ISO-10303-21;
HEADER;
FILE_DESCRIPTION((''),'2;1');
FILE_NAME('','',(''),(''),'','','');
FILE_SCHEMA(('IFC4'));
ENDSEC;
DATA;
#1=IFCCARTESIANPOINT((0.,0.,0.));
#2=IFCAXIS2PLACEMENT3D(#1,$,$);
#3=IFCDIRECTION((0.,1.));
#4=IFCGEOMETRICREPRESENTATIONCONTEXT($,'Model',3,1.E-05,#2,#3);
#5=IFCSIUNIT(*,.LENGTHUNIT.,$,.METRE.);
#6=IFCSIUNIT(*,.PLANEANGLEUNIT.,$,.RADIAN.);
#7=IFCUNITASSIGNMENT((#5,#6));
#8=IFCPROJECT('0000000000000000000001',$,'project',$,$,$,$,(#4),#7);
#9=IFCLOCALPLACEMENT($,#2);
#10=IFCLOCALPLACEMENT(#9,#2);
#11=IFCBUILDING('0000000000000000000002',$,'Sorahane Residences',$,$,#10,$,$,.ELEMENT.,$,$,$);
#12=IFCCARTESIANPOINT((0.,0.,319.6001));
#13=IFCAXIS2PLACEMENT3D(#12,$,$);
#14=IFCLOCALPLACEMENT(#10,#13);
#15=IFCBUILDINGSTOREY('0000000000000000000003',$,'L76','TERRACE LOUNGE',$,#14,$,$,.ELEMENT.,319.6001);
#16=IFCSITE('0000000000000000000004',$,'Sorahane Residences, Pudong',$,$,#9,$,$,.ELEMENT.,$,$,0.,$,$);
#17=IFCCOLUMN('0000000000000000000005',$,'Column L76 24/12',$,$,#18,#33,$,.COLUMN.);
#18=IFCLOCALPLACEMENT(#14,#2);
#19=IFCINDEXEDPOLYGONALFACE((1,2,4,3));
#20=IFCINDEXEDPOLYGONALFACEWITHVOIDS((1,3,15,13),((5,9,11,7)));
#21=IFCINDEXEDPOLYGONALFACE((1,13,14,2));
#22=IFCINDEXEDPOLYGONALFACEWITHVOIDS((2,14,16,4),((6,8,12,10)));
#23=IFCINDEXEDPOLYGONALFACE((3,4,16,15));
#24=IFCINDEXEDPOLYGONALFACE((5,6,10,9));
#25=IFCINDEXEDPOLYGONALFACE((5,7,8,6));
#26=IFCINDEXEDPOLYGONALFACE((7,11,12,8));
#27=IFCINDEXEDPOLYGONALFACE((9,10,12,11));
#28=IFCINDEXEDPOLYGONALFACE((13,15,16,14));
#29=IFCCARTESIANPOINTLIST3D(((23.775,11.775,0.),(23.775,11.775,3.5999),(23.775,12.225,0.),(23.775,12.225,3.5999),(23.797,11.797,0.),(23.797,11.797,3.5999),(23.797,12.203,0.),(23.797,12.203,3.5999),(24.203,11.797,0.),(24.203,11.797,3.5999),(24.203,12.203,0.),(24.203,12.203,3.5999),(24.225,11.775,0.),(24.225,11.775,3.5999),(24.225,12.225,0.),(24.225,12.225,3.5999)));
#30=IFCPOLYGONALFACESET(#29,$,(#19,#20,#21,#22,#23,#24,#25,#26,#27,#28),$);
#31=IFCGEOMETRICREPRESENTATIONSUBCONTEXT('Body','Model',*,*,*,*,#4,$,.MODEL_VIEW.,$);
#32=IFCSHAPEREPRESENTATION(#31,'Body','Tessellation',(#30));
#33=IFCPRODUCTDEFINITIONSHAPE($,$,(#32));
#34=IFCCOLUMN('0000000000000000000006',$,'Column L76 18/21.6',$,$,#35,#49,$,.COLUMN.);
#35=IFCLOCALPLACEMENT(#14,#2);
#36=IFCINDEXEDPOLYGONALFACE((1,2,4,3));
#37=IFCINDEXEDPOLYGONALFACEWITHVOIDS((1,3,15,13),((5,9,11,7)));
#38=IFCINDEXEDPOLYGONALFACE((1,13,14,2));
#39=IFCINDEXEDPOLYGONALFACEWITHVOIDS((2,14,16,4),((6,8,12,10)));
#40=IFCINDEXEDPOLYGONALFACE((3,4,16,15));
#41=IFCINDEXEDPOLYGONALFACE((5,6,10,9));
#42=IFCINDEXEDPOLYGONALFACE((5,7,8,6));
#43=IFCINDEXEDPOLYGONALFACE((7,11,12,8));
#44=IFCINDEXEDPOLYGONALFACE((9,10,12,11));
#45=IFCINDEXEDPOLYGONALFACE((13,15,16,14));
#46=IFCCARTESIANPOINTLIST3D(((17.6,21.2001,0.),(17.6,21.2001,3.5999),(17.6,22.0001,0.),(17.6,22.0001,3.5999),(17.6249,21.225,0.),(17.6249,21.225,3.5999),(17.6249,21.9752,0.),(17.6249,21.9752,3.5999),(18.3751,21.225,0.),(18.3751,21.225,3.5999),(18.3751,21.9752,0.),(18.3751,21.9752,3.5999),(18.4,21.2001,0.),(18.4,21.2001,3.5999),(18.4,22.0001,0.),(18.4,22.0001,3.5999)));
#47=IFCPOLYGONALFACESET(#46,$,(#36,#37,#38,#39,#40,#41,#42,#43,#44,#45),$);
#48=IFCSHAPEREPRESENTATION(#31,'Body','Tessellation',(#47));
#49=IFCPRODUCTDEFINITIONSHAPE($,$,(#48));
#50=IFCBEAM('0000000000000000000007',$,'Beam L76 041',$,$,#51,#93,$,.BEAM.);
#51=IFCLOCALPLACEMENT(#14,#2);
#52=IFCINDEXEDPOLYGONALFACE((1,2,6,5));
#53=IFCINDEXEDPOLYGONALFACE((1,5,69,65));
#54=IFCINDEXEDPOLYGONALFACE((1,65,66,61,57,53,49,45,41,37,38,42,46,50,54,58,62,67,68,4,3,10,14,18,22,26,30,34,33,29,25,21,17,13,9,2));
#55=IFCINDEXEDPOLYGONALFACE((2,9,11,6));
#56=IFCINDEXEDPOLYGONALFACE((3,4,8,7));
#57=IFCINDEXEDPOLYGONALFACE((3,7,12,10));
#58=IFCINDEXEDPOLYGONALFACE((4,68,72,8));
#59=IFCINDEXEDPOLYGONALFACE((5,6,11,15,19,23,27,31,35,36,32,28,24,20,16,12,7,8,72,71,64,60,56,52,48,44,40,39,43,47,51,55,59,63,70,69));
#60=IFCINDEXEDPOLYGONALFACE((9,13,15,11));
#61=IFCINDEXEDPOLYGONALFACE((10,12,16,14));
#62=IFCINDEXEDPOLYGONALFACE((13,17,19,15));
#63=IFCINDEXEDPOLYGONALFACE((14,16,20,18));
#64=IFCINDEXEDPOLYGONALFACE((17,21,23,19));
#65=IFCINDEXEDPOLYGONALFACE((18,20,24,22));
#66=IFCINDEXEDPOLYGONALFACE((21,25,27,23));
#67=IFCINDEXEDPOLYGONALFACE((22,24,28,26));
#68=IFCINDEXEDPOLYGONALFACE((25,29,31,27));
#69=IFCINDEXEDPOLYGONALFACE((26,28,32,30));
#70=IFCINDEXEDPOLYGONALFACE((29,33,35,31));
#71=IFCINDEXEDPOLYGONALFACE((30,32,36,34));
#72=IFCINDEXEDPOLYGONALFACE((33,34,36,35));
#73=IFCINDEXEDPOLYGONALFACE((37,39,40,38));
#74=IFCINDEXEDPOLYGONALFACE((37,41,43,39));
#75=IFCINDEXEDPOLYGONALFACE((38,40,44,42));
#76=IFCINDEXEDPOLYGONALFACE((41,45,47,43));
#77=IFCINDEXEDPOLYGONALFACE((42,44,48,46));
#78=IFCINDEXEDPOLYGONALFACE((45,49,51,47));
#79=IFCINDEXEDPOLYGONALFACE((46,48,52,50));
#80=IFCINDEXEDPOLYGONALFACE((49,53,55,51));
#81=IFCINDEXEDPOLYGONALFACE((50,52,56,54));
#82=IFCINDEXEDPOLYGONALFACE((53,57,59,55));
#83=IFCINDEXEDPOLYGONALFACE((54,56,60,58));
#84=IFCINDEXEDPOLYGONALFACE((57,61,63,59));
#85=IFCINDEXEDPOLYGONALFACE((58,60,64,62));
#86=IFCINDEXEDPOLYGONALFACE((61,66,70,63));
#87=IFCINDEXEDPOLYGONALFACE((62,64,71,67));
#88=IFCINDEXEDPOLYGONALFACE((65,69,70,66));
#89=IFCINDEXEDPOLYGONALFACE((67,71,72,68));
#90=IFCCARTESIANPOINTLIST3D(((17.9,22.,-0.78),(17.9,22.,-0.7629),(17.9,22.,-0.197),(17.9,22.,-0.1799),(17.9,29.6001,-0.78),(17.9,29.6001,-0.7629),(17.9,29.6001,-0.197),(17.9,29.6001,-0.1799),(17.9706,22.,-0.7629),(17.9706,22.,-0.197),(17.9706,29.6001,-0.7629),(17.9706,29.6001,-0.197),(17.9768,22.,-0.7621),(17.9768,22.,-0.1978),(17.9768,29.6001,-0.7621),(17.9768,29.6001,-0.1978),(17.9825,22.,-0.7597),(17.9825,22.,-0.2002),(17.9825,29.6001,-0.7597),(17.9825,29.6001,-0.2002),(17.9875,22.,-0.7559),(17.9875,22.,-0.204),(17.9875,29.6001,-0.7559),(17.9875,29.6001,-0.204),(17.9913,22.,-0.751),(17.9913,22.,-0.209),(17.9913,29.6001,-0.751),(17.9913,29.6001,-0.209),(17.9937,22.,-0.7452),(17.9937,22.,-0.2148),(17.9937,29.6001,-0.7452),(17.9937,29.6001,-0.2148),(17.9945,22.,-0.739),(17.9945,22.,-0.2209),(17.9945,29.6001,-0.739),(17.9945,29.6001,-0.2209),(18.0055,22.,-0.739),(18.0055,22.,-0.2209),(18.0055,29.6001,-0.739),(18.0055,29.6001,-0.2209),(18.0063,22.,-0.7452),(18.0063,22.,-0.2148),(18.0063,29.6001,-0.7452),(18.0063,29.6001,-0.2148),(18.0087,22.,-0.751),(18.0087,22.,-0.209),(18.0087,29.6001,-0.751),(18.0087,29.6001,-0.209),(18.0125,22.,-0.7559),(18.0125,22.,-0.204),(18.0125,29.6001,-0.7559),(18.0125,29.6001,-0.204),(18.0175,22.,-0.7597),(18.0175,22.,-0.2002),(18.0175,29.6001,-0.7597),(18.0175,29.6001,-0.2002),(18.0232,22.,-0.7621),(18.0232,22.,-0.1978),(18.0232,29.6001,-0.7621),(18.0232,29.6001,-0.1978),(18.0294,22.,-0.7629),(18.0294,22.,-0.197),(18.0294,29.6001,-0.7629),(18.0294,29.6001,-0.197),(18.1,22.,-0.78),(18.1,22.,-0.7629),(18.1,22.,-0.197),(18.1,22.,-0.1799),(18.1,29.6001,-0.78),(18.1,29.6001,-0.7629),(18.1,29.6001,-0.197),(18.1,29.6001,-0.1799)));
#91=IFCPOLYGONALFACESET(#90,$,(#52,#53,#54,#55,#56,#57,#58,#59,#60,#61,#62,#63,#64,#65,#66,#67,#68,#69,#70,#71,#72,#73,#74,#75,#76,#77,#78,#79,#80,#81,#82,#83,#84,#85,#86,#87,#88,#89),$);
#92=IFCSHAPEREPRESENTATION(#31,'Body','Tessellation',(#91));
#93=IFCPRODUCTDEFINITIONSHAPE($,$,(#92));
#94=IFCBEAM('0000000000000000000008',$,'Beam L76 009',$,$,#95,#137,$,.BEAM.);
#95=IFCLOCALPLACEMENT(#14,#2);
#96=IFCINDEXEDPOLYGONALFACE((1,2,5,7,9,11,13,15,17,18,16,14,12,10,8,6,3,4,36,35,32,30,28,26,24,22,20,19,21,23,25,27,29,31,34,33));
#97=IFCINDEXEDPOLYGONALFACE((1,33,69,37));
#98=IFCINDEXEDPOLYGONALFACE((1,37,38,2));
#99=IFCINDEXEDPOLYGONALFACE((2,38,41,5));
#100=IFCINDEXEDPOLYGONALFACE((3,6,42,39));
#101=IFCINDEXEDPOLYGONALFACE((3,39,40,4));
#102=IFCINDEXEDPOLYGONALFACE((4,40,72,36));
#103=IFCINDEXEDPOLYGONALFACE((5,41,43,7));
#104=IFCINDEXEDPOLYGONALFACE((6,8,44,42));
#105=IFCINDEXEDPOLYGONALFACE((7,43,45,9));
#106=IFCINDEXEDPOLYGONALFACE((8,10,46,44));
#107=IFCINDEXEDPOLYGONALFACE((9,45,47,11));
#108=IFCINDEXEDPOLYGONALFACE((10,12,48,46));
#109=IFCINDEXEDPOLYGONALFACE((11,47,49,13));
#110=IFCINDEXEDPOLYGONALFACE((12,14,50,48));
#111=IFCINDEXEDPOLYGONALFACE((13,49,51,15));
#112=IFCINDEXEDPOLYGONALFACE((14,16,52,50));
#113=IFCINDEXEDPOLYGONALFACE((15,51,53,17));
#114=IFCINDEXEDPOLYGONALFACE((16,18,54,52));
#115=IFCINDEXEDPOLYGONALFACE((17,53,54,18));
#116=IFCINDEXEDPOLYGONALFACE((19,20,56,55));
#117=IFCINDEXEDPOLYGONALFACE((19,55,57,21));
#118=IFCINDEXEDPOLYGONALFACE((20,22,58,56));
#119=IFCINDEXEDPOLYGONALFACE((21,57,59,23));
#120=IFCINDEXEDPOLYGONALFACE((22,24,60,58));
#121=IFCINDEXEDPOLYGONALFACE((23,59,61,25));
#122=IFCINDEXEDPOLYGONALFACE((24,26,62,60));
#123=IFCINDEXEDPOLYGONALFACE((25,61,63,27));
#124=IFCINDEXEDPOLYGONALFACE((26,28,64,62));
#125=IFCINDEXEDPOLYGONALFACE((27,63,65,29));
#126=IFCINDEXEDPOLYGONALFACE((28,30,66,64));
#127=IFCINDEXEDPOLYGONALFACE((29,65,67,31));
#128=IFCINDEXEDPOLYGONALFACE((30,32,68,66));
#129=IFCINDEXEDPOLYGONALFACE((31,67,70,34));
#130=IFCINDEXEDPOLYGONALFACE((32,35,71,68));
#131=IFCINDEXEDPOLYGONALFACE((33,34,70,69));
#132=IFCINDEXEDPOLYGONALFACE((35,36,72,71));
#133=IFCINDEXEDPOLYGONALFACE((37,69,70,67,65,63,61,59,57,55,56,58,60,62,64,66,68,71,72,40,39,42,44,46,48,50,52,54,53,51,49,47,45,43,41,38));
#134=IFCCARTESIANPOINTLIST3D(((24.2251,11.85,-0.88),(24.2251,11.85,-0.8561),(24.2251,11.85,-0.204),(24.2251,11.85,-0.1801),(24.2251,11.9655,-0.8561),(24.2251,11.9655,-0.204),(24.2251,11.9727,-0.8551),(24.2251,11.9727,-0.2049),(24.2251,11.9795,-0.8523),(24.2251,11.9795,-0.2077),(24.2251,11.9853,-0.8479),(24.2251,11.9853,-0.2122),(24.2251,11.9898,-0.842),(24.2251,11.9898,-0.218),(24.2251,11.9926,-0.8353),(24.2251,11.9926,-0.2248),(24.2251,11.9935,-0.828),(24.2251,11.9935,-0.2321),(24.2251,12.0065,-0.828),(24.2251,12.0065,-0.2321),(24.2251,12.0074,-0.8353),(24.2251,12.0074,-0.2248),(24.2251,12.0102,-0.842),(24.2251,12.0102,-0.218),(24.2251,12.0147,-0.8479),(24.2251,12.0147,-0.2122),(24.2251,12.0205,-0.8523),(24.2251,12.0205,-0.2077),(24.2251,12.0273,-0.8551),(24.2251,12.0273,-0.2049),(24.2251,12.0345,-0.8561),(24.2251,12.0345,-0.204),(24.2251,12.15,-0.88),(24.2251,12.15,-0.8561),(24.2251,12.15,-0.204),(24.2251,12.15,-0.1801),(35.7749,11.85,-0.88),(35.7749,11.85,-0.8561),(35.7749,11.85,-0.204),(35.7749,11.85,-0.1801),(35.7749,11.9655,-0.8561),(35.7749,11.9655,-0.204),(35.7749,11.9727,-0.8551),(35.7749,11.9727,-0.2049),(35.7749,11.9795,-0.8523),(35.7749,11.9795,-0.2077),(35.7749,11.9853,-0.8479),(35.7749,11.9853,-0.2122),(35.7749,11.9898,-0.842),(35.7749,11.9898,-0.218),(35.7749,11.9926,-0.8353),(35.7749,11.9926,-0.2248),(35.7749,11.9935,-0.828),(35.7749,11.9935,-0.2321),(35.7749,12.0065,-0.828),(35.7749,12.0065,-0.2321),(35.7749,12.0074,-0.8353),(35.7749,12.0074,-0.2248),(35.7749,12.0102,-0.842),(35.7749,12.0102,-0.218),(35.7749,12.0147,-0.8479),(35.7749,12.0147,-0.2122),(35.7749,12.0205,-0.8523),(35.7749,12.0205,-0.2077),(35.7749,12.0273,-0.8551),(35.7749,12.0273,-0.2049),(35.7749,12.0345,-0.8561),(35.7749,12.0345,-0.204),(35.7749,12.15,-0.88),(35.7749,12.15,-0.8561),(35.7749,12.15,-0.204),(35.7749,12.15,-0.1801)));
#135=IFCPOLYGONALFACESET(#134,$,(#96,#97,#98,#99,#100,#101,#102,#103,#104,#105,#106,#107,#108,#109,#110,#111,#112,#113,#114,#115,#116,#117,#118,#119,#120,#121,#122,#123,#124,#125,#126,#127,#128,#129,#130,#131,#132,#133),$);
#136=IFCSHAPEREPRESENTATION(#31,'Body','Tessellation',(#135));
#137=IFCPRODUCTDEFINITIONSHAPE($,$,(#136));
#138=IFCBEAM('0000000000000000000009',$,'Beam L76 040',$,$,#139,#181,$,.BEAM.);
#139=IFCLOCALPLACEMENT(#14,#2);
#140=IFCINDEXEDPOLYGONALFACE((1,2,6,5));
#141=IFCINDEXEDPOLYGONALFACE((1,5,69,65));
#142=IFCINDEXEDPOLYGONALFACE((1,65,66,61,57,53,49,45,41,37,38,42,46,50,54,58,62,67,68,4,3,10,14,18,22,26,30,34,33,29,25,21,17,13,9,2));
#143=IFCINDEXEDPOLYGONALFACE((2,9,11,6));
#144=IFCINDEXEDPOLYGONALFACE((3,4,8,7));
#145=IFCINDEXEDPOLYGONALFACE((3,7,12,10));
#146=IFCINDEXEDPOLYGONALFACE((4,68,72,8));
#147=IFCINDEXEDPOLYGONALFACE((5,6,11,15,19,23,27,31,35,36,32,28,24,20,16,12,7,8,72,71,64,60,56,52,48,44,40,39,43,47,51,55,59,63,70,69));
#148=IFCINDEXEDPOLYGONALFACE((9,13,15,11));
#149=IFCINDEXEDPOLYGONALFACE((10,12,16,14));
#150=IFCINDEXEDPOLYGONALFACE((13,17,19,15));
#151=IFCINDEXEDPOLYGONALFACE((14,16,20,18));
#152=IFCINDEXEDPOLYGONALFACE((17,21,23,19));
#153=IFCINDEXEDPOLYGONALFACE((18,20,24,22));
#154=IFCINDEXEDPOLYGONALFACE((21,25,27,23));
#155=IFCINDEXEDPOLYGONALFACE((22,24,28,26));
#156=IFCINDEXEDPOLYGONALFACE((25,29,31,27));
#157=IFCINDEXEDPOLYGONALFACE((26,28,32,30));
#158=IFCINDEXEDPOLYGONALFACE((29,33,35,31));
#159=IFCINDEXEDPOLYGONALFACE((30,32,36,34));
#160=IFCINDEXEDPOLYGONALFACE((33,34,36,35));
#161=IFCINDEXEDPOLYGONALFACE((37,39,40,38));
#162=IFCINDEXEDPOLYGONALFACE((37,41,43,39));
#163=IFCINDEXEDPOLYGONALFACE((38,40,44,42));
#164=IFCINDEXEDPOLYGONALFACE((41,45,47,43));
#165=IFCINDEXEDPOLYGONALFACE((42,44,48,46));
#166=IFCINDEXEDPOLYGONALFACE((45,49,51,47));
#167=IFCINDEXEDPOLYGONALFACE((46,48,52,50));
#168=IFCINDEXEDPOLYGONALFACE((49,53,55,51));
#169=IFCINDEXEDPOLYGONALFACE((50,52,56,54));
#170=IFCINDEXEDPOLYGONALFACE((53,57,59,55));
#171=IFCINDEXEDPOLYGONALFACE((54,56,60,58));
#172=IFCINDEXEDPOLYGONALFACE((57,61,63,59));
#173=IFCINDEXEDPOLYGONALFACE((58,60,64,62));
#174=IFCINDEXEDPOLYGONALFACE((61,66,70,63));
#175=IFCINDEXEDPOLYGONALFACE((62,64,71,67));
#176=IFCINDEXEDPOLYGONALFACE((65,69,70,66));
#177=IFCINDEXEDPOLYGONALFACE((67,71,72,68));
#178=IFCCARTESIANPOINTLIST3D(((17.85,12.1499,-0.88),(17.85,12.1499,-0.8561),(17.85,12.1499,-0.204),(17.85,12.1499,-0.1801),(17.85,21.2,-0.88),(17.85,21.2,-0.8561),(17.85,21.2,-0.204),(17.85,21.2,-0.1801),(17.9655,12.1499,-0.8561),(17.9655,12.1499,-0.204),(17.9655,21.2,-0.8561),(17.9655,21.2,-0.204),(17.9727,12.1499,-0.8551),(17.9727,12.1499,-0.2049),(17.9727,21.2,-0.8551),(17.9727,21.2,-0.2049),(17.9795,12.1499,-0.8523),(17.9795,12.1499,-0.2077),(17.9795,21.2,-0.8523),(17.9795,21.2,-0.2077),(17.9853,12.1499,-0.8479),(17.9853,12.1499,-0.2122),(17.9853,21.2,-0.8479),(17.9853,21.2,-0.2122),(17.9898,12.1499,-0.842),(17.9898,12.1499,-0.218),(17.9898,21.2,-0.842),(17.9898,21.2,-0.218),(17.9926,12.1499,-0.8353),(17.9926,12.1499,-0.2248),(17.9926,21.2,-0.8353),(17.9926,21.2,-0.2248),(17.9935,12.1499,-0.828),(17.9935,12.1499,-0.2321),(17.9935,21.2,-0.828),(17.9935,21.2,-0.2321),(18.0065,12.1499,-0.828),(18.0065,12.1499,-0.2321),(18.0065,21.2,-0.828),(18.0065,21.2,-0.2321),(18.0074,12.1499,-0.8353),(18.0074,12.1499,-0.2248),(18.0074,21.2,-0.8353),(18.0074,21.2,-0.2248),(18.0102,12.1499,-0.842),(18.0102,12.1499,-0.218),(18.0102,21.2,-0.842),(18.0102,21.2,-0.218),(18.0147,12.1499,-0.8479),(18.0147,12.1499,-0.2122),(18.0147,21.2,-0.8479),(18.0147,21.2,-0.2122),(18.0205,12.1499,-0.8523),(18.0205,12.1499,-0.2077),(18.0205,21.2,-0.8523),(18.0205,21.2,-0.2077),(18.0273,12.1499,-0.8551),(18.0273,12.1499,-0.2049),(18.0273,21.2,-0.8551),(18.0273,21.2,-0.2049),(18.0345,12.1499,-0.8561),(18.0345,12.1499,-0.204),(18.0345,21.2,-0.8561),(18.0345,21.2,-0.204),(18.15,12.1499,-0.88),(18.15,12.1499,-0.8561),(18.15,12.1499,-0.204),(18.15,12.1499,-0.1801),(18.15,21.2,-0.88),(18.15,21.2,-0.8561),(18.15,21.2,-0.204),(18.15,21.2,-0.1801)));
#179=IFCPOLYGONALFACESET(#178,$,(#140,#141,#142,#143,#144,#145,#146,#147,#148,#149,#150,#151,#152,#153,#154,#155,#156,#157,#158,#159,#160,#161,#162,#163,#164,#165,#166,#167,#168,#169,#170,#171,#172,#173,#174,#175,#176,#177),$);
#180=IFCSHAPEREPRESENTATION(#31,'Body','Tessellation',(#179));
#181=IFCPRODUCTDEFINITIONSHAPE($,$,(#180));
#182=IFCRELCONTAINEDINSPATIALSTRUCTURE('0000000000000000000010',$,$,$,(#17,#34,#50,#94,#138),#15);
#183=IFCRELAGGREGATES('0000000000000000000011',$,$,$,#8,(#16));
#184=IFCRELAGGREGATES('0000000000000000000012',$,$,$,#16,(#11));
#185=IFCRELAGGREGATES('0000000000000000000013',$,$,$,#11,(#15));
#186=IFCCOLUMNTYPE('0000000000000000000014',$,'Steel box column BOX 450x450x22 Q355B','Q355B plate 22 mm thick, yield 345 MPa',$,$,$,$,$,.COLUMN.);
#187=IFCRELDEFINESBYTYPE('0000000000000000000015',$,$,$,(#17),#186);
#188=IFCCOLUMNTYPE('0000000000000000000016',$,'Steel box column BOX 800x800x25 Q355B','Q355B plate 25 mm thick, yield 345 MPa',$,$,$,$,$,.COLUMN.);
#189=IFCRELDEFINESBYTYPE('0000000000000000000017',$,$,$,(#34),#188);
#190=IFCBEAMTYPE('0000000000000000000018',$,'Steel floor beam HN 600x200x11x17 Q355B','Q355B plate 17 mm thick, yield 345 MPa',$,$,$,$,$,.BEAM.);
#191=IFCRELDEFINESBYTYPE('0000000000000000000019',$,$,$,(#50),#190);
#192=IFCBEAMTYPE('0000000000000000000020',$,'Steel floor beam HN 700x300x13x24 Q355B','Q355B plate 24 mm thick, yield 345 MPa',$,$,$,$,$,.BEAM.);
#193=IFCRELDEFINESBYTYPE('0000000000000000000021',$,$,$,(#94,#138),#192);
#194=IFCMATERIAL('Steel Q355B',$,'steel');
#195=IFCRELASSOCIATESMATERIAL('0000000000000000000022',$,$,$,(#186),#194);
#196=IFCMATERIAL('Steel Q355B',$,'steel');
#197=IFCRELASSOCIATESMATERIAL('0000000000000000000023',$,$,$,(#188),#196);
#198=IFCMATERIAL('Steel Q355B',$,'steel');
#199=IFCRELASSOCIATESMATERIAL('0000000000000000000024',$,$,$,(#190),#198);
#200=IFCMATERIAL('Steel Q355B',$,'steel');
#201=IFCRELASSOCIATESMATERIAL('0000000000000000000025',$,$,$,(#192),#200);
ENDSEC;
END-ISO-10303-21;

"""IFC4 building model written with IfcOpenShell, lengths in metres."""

from ifc_helpers import new_model, si_unit, direction, frame, origin, origin_2d, place, context, subcontext, project, spatial, hollow_rectangle, i_section, extrude, material, material_profile, profile_set, type_object, element, save


model = new_model("IFC4")

# Units and contexts
model_context = context("Model", 3, precision=1e-05, world=origin(), true_north=direction((0.0, 1.0)))
body_context = subcontext(model_context, "Body", "Model", "MODEL_VIEW")
ifc_project = project(units=[si_unit("LENGTHUNIT", "METRE"), si_unit("PLANEANGLEUNIT", "RADIAN")], contexts=[model_context])

# Site, building, storey
site_placement = place(None, origin())
site = spatial("IfcSite", under=ifc_project, at=site_placement, Name="Sorahane Residences, Pudong", CompositionType="ELEMENT", RefElevation=0.0)
building_placement = place(site_placement, origin())
building = spatial("IfcBuilding", under=site, at=building_placement, Name="Sorahane Residences", CompositionType="ELEMENT")
storey_placement = place(building_placement, frame((0.0, 0.0, 319.6001)))
storey = spatial("IfcBuildingStorey", under=building, at=storey_placement, Name="L76", Description="TERRACE LOUNGE", CompositionType="ELEMENT", Elevation=319.6001)

# Columns
ifc_material_1 = material(Name="Steel Q355B", Category="steel")
ifc_material_profile_1 = material_profile(ifc_material_1, hollow_rectangle(XDim=0.45, YDim=0.45, WallThickness=0.022, at=origin_2d()), Name="BOX 450x450x22")
ifc_profile_set_1 = profile_set([ifc_material_profile_1], Name="Steel Q355B")
column_type_1 = type_object("IfcColumnType", Name="Steel box column BOX 450x450x22 Q355B", Description="Q355B plate 22 mm thick, yield 345 MPa", PredefinedType="COLUMN", material=ifc_profile_set_1)
column_1_placement = place(storey_placement, frame((24.0, 12.0, 0.0), z_axis=(0.0, 0.0, 1.0), x_axis=(1.0, 0.0, 0.0)))
element("IfcColumn", 1, at=column_1_placement, inside=storey, type_object=column_type_1, Name="Column L76 24/12", PredefinedType="COLUMN", context=body_context, shape_type="SweptSolid", body=[
    extrude(hollow_rectangle(XDim=0.45, YDim=0.45, WallThickness=0.022, at=origin_2d()), origin(), (0.0, 0.0, 1.0), 3.5999),
])
ifc_material_2 = material(Name="Steel Q355B", Category="steel")
ifc_material_profile_2 = material_profile(ifc_material_2, hollow_rectangle(XDim=0.8, YDim=0.8, WallThickness=0.0249, at=origin_2d()), Name="BOX 800x800x25")
ifc_profile_set_2 = profile_set([ifc_material_profile_2], Name="Steel Q355B")
column_type_2 = type_object("IfcColumnType", Name="Steel box column BOX 800x800x25 Q355B", Description="Q355B plate 25 mm thick, yield 345 MPa", PredefinedType="COLUMN", material=ifc_profile_set_2)
column_2_placement = place(storey_placement, frame((18.0, 21.6001, 0.0), z_axis=(0.0, 0.0, 1.0), x_axis=(1.0, 0.0, 0.0)))
element("IfcColumn", 2, at=column_2_placement, inside=storey, type_object=column_type_2, Name="Column L76 18/21.6", PredefinedType="COLUMN", context=body_context, shape_type="SweptSolid", body=[
    extrude(hollow_rectangle(XDim=0.8, YDim=0.8, WallThickness=0.0249, at=origin_2d()), origin(), (0.0, 0.0, 1.0), 3.5999),
])

# Beams
ifc_material_3 = material(Name="Steel Q355B", Category="steel")
ifc_material_profile_3 = material_profile(ifc_material_3, i_section(OverallWidth=0.2, OverallDepth=0.6001, WebThickness=0.011, FlangeThickness=0.0171, FilletRadius=0.0239, at=origin_2d()), Name="HN 600x200x11x17")
ifc_profile_set_3 = profile_set([ifc_material_profile_3], Name="Steel Q355B")
beam_type_1 = type_object("IfcBeamType", Name="Steel floor beam HN 600x200x11x17 Q355B", Description="Q355B plate 17 mm thick, yield 345 MPa", PredefinedType="BEAM", material=ifc_profile_set_3)
beam_1_placement = place(storey_placement, frame((18.0, 22.0, -0.48), z_axis=(0.0, 1.0, 0.0), x_axis=(-1.0, 0.0, 0.0)))
element("IfcBeam", 3, at=beam_1_placement, inside=storey, type_object=beam_type_1, Name="Beam L76 041", PredefinedType="BEAM", context=body_context, shape_type="SweptSolid", body=[
    extrude(i_section(OverallWidth=0.2, OverallDepth=0.6001, WebThickness=0.011, FlangeThickness=0.0171, FilletRadius=0.0239, at=origin_2d()), origin(), (0.0, 0.0, 1.0), 7.6001),
])
ifc_material_4 = material(Name="Steel Q355B", Category="steel")
ifc_material_profile_4 = material_profile(ifc_material_4, i_section(OverallWidth=0.3, OverallDepth=0.7, WebThickness=0.0129, FlangeThickness=0.0239, FilletRadius=0.0281, at=origin_2d()), Name="HN 700x300x13x24")
ifc_profile_set_4 = profile_set([ifc_material_profile_4], Name="Steel Q355B")
beam_type_2 = type_object("IfcBeamType", Name="Steel floor beam HN 700x300x13x24 Q355B", Description="Q355B plate 24 mm thick, yield 345 MPa", PredefinedType="BEAM", material=ifc_profile_set_4)
beam_2_placement = place(storey_placement, frame((24.2251, 12.0, -0.53), z_axis=(1.0, 0.0, 0.0), x_axis=(0.0, 1.0, 0.0)))
element("IfcBeam", 4, at=beam_2_placement, inside=storey, type_object=beam_type_2, Name="Beam L76 009", PredefinedType="BEAM", context=body_context, shape_type="SweptSolid", body=[
    extrude(i_section(OverallWidth=0.3, OverallDepth=0.7, WebThickness=0.0129, FlangeThickness=0.0239, FilletRadius=0.0281, at=origin_2d()), origin(), (0.0, 0.0, 1.0), 11.5498),
])
beam_3_placement = place(storey_placement, frame((18.0, 12.1499, -0.53), z_axis=(0.0, 1.0, 0.0), x_axis=(-1.0, 0.0, 0.0)))
element("IfcBeam", 5, at=beam_3_placement, inside=storey, type_object=beam_type_2, Name="Beam L76 040", PredefinedType="BEAM", context=body_context, shape_type="SweptSolid", body=[
    extrude(i_section(OverallWidth=0.3, OverallDepth=0.7, WebThickness=0.0129, FlangeThickness=0.0239, FilletRadius=0.0281, at=origin_2d()), origin(), (0.0, 0.0, 1.0), 9.05),
])

save(model, "model.ifc")
